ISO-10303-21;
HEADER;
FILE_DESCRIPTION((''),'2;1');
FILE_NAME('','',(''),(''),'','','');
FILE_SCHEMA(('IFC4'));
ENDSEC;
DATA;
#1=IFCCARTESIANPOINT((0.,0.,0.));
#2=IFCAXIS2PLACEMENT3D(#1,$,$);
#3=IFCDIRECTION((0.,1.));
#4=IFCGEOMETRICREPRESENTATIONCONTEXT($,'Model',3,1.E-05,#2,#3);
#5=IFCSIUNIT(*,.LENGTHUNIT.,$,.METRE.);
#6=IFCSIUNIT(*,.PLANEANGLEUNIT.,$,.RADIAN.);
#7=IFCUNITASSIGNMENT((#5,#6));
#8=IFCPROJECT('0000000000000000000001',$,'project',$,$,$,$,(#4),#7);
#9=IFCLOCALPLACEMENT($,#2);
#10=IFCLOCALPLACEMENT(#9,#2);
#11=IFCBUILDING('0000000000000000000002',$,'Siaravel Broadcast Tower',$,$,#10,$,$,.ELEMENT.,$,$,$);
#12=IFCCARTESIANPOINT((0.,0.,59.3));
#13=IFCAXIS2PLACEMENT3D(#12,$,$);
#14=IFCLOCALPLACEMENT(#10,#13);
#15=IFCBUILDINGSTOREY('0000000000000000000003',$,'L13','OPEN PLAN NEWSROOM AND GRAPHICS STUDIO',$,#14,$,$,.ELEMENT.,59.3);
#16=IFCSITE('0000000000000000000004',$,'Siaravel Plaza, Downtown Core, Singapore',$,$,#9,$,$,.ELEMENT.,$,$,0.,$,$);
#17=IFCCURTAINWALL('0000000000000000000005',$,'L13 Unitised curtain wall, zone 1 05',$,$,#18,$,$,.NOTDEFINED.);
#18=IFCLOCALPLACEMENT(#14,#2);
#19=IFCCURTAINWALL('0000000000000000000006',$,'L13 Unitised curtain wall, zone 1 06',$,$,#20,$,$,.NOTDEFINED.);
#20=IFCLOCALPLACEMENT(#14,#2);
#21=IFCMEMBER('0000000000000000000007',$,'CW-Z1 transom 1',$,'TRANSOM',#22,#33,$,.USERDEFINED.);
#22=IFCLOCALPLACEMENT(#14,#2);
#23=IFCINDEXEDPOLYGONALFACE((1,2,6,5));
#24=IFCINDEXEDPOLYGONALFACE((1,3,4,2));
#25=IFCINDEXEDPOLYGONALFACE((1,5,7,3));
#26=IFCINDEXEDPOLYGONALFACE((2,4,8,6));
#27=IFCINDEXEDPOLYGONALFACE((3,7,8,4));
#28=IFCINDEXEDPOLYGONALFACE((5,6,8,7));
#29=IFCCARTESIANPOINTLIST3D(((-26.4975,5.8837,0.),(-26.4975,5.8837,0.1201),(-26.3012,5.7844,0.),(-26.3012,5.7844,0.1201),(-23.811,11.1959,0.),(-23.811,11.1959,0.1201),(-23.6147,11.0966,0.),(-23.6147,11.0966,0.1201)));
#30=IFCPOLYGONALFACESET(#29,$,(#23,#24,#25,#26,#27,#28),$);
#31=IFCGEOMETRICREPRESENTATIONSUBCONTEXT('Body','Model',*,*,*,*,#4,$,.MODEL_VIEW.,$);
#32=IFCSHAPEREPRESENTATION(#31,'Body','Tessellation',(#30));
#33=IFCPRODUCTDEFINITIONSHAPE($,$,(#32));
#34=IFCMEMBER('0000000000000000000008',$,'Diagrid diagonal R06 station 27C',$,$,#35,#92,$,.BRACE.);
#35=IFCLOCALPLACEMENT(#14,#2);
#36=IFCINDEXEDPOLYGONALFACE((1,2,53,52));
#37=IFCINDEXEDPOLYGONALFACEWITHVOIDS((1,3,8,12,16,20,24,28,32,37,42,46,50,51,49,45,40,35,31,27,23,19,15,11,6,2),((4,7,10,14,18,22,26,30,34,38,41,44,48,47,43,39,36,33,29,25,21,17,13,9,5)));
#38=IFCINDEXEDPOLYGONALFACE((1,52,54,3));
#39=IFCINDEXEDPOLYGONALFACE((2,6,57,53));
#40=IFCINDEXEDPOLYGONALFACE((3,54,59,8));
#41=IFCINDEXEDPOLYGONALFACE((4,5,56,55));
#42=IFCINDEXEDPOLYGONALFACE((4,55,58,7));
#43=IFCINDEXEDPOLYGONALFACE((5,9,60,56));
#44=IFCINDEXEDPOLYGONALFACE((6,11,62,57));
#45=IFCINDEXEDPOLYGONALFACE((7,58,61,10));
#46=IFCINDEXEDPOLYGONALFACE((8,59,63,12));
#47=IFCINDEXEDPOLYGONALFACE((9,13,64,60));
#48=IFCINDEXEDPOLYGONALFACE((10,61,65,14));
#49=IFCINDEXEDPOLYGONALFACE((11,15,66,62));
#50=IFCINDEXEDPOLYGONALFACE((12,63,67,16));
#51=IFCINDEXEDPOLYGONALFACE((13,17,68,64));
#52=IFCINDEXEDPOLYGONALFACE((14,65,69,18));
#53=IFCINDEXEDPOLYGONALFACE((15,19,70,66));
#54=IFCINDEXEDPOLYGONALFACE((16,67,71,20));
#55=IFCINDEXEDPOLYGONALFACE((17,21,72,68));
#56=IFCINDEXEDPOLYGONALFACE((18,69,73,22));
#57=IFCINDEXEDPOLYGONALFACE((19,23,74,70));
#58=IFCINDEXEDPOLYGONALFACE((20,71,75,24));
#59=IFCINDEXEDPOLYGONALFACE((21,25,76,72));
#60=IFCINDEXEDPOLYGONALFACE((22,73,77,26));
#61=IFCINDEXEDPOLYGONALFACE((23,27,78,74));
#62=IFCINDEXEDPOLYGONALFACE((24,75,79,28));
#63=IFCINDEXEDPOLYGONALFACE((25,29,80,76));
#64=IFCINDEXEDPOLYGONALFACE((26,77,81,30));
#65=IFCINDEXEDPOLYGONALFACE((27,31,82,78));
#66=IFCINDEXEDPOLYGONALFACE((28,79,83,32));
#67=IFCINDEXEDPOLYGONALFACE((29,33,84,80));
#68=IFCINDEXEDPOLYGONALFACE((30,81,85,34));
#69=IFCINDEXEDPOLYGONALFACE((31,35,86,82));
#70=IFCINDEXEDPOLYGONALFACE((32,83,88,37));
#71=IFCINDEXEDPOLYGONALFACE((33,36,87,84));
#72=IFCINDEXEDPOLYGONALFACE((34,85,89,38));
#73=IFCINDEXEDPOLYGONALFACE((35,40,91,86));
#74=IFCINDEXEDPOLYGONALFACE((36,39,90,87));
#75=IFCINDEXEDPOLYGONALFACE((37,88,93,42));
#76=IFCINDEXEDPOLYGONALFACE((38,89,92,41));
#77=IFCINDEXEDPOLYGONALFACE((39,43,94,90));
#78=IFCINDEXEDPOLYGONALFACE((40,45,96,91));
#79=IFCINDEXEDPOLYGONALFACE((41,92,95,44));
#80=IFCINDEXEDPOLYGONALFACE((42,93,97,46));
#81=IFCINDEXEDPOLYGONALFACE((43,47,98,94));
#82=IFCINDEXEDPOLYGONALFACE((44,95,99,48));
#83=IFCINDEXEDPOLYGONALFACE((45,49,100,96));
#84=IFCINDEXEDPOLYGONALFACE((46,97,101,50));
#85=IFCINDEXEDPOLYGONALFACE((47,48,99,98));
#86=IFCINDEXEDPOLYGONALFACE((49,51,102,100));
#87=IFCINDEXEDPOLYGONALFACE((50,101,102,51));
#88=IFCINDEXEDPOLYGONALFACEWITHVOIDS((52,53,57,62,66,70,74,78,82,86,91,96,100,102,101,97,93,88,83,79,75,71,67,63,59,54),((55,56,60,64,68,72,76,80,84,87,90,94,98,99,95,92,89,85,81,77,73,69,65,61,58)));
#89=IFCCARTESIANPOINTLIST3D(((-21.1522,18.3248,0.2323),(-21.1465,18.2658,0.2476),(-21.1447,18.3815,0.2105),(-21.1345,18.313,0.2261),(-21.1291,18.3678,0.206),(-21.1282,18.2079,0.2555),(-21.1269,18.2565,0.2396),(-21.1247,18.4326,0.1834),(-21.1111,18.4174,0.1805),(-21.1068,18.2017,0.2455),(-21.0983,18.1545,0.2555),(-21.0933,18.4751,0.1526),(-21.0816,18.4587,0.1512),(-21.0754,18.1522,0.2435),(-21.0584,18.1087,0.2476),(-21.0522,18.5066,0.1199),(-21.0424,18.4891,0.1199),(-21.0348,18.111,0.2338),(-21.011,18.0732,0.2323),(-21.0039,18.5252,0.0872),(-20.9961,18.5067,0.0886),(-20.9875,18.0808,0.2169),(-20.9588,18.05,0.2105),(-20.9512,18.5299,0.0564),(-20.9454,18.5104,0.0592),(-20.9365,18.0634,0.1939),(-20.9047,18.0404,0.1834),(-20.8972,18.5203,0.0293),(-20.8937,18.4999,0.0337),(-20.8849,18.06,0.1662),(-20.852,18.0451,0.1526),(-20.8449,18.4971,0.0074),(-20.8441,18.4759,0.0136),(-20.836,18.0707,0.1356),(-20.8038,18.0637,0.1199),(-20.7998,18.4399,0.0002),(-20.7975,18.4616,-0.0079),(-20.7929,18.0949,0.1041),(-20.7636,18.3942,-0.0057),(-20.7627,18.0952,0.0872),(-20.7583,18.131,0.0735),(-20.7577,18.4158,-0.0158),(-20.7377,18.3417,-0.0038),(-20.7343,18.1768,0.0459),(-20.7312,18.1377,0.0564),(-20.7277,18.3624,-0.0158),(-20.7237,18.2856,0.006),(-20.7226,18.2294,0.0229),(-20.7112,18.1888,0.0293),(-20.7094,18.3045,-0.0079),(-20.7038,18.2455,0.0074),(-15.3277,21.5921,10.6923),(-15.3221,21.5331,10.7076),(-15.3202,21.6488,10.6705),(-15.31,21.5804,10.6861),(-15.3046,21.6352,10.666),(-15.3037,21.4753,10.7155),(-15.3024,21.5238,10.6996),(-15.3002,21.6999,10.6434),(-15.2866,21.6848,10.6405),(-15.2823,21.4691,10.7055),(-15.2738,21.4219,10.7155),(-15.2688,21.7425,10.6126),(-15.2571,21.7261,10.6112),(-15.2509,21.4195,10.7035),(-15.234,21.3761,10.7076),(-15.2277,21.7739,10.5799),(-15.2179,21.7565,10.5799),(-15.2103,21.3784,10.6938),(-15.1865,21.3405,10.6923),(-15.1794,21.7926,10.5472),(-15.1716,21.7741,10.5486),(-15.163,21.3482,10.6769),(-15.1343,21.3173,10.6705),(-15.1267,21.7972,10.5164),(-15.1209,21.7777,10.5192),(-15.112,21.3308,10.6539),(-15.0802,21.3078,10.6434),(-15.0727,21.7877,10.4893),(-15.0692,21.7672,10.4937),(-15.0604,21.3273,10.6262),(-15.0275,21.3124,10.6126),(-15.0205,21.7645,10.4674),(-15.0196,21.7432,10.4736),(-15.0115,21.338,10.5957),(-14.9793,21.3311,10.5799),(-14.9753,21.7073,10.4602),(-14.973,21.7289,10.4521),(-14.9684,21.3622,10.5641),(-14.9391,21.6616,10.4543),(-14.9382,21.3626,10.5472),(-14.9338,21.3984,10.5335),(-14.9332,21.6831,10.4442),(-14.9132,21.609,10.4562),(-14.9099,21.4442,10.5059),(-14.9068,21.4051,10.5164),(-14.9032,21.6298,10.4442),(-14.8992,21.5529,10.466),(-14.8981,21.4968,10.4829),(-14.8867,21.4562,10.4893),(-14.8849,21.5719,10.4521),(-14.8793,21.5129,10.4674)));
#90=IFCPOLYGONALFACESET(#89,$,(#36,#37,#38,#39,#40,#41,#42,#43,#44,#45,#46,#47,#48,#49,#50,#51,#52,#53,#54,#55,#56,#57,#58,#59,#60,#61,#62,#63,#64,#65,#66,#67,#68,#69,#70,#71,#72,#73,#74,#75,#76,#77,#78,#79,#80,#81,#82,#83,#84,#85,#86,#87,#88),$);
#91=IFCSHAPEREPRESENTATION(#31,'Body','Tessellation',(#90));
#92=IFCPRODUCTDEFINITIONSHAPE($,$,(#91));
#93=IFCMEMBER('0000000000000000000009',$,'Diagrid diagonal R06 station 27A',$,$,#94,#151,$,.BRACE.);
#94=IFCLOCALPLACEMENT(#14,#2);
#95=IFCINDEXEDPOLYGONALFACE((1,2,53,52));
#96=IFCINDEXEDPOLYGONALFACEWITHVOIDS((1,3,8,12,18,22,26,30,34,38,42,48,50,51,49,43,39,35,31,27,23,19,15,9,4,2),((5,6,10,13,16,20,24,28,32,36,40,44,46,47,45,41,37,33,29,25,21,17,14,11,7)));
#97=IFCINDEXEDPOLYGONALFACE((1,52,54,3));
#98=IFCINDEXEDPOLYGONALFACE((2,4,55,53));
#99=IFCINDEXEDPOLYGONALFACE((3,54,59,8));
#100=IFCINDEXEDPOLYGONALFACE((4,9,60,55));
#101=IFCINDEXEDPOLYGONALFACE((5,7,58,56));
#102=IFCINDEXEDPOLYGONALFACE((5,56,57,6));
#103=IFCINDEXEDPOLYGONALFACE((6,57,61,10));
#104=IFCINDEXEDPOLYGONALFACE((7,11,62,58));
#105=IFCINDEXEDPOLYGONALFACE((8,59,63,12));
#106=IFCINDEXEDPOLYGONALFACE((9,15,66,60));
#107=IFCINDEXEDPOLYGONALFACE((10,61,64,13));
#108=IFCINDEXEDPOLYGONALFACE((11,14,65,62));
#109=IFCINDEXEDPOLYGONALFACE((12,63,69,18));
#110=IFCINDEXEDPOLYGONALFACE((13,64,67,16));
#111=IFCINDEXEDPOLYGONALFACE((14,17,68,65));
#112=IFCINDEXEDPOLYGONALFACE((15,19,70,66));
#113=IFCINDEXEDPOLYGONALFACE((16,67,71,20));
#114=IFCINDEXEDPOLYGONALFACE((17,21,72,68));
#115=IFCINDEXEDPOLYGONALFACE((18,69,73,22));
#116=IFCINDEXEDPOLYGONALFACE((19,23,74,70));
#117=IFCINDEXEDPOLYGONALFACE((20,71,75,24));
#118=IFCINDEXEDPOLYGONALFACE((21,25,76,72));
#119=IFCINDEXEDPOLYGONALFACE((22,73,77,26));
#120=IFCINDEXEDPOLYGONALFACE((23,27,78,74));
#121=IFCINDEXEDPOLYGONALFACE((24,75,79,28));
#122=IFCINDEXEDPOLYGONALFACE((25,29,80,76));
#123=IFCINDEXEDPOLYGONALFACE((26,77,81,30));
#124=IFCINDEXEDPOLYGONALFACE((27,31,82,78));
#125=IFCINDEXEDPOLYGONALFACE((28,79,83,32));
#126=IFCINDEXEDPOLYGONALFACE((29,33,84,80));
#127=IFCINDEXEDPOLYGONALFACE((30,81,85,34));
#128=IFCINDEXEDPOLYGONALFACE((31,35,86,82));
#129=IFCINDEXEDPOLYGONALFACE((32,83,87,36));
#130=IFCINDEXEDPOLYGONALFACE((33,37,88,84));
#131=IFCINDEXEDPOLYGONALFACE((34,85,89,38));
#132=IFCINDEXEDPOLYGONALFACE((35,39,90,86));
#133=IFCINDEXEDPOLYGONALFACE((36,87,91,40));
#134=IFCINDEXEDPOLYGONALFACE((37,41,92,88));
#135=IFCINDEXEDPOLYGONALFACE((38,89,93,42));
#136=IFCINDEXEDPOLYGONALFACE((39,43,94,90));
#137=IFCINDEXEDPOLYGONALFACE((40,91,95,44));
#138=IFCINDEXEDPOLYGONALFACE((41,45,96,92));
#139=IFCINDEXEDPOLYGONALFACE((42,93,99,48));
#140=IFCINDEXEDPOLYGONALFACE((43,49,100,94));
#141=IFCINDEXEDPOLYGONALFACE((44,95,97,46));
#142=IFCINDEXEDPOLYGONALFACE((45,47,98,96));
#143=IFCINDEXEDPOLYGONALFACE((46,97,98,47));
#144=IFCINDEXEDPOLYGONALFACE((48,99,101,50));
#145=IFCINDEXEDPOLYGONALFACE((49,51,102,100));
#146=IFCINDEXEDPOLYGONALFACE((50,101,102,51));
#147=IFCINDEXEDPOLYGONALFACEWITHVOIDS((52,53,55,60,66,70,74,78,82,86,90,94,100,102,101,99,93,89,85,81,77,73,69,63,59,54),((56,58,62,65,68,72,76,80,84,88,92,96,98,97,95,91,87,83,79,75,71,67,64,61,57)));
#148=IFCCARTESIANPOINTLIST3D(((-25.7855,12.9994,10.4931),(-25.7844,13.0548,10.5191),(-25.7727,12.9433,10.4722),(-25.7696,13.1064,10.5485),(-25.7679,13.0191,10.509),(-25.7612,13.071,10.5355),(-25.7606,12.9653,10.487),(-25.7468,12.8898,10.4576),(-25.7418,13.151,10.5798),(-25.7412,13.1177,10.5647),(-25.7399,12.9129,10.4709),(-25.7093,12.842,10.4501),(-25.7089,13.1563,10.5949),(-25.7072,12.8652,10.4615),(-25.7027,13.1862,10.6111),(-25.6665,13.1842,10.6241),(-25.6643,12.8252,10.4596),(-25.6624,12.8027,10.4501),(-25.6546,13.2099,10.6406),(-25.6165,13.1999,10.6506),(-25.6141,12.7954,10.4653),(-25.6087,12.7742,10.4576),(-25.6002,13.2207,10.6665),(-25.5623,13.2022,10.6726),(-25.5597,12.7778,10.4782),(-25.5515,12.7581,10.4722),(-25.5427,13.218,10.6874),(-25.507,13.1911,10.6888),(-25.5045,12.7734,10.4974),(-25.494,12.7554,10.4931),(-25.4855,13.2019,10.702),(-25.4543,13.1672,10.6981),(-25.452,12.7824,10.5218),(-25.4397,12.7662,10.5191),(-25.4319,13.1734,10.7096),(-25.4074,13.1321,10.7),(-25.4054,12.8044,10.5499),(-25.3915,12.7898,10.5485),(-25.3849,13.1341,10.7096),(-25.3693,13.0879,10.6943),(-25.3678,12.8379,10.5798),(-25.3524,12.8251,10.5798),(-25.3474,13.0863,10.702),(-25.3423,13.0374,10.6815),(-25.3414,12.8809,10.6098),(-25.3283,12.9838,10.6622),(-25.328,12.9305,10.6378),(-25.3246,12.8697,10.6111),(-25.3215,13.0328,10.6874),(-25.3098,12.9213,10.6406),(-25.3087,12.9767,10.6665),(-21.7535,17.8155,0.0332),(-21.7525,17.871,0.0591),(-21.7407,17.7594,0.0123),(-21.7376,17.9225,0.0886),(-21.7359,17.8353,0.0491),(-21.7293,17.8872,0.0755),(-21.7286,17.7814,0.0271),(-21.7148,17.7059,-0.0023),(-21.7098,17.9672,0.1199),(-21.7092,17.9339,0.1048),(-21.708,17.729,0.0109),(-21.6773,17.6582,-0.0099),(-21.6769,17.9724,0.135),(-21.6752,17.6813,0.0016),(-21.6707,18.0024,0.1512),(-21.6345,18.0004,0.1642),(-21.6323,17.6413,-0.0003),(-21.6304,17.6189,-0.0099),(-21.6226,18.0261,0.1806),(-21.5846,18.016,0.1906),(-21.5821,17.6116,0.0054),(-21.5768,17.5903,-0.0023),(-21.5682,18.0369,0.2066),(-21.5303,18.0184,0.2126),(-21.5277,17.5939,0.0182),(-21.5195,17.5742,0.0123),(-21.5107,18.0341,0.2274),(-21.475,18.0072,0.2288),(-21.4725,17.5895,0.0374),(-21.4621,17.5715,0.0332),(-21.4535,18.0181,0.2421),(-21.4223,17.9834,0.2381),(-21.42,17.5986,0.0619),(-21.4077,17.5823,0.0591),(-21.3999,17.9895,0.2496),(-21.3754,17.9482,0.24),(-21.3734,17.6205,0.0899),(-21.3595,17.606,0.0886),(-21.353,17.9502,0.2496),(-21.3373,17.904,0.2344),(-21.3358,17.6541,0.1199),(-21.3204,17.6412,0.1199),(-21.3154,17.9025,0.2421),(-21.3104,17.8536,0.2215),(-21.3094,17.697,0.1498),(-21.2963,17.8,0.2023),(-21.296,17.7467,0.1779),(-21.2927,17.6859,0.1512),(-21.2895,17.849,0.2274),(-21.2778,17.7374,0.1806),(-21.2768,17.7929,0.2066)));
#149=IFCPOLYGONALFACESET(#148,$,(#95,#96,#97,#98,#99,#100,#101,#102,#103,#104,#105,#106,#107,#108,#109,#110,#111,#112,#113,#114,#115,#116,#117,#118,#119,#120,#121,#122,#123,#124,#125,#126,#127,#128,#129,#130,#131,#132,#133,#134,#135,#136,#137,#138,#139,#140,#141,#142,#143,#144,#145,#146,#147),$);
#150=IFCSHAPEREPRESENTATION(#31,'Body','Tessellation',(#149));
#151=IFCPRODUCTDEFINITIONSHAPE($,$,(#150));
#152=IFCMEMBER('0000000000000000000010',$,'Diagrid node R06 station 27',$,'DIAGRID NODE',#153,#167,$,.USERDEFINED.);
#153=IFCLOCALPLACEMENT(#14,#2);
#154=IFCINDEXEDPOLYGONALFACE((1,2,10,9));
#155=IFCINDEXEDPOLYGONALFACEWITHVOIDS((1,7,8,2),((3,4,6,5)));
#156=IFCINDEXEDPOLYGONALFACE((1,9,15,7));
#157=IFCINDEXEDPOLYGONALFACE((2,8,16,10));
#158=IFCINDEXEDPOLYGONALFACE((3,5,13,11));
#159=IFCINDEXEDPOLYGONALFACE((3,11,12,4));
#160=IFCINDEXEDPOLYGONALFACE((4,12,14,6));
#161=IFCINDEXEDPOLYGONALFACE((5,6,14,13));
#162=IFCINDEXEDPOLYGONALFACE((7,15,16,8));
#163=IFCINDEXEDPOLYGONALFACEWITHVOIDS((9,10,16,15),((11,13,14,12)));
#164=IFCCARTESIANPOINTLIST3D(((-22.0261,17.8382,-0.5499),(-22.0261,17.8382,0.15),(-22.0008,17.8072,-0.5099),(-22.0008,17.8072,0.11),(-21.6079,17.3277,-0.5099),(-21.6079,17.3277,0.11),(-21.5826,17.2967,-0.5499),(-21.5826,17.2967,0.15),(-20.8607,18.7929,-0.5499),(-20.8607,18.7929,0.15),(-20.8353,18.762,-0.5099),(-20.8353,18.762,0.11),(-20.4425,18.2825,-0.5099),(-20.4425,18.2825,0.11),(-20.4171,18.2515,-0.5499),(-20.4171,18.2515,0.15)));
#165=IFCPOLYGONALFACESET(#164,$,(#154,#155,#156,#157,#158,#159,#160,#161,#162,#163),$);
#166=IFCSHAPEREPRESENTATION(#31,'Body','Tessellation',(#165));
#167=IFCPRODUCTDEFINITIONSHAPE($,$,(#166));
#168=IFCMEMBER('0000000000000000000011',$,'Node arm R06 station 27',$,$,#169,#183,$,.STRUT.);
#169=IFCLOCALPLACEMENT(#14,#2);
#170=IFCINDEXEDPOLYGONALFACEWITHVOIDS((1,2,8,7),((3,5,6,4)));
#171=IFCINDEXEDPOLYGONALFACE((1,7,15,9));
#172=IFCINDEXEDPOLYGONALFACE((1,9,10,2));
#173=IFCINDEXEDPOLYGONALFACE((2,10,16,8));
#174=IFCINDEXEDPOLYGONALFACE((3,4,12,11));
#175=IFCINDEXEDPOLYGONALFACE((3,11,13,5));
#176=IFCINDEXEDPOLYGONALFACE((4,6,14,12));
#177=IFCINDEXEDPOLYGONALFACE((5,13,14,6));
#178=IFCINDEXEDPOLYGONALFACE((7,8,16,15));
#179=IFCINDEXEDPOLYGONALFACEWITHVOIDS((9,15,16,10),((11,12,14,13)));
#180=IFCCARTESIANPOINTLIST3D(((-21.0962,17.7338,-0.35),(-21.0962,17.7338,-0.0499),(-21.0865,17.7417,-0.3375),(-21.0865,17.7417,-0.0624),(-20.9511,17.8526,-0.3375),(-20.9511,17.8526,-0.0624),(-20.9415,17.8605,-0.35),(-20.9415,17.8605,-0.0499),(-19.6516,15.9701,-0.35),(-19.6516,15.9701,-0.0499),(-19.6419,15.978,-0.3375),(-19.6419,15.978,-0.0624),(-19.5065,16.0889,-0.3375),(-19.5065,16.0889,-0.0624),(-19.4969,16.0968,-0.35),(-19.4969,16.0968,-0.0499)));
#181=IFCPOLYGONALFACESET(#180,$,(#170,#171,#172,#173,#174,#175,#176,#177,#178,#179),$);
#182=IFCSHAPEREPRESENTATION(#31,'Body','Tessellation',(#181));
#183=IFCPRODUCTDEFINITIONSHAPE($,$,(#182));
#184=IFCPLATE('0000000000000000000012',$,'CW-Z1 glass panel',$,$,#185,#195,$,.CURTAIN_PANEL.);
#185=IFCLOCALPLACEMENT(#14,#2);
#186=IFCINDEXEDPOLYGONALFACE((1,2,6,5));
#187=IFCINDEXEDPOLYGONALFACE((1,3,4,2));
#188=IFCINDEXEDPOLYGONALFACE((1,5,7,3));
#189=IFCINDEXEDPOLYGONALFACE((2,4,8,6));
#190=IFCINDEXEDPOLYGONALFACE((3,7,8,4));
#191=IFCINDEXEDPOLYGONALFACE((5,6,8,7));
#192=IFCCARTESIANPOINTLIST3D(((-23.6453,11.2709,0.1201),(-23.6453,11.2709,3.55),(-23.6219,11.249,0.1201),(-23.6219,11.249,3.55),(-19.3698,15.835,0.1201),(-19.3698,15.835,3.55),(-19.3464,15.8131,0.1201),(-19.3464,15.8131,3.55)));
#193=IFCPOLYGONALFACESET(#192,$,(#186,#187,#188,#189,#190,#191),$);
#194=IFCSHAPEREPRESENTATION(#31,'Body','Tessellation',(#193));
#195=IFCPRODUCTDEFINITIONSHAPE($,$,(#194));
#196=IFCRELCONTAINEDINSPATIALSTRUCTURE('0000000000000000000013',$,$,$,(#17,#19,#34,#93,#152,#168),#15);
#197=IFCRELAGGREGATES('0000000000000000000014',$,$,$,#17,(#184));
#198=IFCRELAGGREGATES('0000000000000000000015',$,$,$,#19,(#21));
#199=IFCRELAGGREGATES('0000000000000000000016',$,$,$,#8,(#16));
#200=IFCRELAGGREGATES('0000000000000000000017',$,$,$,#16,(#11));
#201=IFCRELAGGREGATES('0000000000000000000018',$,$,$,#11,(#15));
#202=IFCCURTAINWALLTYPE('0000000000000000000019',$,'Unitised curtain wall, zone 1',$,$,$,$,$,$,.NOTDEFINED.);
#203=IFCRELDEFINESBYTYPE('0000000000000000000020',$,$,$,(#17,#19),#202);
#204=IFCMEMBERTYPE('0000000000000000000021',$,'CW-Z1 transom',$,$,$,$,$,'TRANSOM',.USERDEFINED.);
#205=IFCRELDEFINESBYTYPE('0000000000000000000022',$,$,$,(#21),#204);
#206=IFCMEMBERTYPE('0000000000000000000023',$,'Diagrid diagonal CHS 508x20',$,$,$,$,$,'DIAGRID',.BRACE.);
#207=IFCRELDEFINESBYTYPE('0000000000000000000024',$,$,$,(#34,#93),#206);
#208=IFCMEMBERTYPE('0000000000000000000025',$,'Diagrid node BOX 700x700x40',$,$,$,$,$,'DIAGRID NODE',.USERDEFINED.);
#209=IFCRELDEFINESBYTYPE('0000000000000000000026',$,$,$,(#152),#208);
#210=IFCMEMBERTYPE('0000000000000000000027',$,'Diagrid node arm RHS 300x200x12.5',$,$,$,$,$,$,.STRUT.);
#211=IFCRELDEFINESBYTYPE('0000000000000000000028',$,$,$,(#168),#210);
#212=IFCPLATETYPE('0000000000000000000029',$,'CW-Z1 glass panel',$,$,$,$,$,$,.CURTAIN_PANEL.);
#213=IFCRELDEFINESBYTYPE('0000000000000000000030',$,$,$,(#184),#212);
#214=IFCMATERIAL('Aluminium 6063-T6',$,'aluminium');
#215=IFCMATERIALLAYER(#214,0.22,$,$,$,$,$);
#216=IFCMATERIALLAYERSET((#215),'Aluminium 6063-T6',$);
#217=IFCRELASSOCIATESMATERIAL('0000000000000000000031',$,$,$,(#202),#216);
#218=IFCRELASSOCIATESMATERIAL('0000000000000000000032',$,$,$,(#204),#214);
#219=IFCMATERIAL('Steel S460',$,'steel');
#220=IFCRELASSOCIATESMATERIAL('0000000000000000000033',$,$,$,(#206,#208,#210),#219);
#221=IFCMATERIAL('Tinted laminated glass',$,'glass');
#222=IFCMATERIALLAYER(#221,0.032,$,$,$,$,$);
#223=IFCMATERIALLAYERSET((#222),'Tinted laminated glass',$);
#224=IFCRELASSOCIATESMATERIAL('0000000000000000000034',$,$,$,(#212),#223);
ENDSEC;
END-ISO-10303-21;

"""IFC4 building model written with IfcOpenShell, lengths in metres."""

from ifc_helpers import new_model, si_unit, direction, frame, origin, origin_2d, place, context, subcontext, project, spatial, rectangle, hollow_rectangle, hollow_circle, extrude, material, layer, layer_set, material_profile, profile_set, type_object, element, aggregate, save


model = new_model("IFC4")

# Units and contexts
model_context = context("Model", 3, precision=1e-05, world=origin(), true_north=direction((0.0, 1.0)))
body_context = subcontext(model_context, "Body", "Model", "MODEL_VIEW")
ifc_project = project(units=[si_unit("LENGTHUNIT", "METRE"), si_unit("PLANEANGLEUNIT", "RADIAN")], contexts=[model_context])

# Site, building, storey
site_placement = place(None, origin())
site = spatial("IfcSite", under=ifc_project, at=site_placement, Name="Siaravel Plaza, Downtown Core, Singapore", CompositionType="ELEMENT", RefElevation=0.0)
building_placement = place(site_placement, origin())
building = spatial("IfcBuilding", under=site, at=building_placement, Name="Siaravel Broadcast Tower", CompositionType="ELEMENT")
storey_placement = place(building_placement, frame((0.0, 0.0, 59.3)))
storey = spatial("IfcBuildingStorey", under=building, at=storey_placement, Name="L13", Description="OPEN PLAN NEWSROOM AND GRAPHICS STUDIO", CompositionType="ELEMENT", Elevation=59.3)

# Curtain wall
ifc_material_1 = material(Name="Aluminium 6063-T6", Category="aluminium")
ifc_layer_1 = layer(ifc_material_1, 0.22)
ifc_layer_set_1 = layer_set([ifc_layer_1], Name="Aluminium 6063-T6")
curtain_wall_type = type_object("IfcCurtainWallType", Name="Unitised curtain wall, zone 1", PredefinedType="NOTDEFINED", material=ifc_layer_set_1)
curtain_wall_1_placement = place(storey_placement, origin())
curtain_wall_1 = element("IfcCurtainWall", 1, at=curtain_wall_1_placement, inside=storey, type_object=curtain_wall_type, Name="L13 Unitised curtain wall, zone 1 05", PredefinedType="NOTDEFINED")

# Curtain wall
curtain_wall_2_placement = place(storey_placement, origin())
curtain_wall_2 = element("IfcCurtainWall", 2, at=curtain_wall_2_placement, inside=storey, type_object=curtain_wall_type, Name="L13 Unitised curtain wall, zone 1 06", PredefinedType="NOTDEFINED")

# Member
ifc_material_profile_1 = material_profile(ifc_material_1, rectangle(XDim=0.22, YDim=0.1201, at=origin_2d()))
ifc_profile_set_1 = profile_set([ifc_material_profile_1], Name="Aluminium 6063-T6")
member_type_1 = type_object("IfcMemberType", Name="CW-Z1 transom", ElementType="TRANSOM", PredefinedType="USERDEFINED", material=ifc_profile_set_1)
member_1_placement = place(storey_placement, frame((-23.7129, 11.1462, 0.0601), z_axis=(-0.451294, -0.892375, 0.0), x_axis=(0.892375, -0.451294, 0.0)))
member_1 = element("IfcMember", 3, at=member_1_placement, type_object=member_type_1, Name="CW-Z1 transom 1", ObjectType="TRANSOM", PredefinedType="USERDEFINED", context=body_context, shape_type="SweptSolid", body=[
    extrude(rectangle(XDim=0.22, YDim=0.1201, at=origin_2d()), origin(), (0.0, 0.0, 1.0), 5.9529),
])

# Members
ifc_material_2 = material(Name="Steel S460", Category="steel")
ifc_material_profile_2 = material_profile(ifc_material_2, hollow_circle(Radius=0.2539, WallThickness=0.02, at=origin_2d()))
ifc_profile_set_2 = profile_set([ifc_material_profile_2], Name="Steel S460")
member_type_2 = type_object("IfcMemberType", Name="Diagrid diagonal CHS 508x20", ElementType="DIAGRID", PredefinedType="BRACE", material=ifc_profile_set_2)
member_2_placement = place(storey_placement, frame((-20.928, 18.2852, 0.1199), z_axis=(0.469332, 0.26328, 0.842859), x_axis=(-0.489246, 0.872146, 0.0)))
element("IfcMember", 4, at=member_2_placement, inside=storey, type_object=member_type_2, Name="Diagrid diagonal R06 station 27C", PredefinedType="BRACE", context=body_context, shape_type="SweptSolid", body=[
    extrude(hollow_circle(Radius=0.2539, WallThickness=0.02, at=origin_2d()), origin(), (0.0, 0.0, 1.0), 12.4102),
])
member_3_placement = place(storey_placement, frame((-21.5151, 17.8042, 0.1199), z_axis=(-0.330465, -0.394737, 0.857307), x_axis=(0.76677, -0.641922, 0.0)))
element("IfcMember", 5, at=member_3_placement, inside=storey, type_object=member_type_2, Name="Diagrid diagonal R06 station 27A", PredefinedType="BRACE", context=body_context, shape_type="SweptSolid", body=[
    extrude(hollow_circle(Radius=0.2539, WallThickness=0.02, at=origin_2d()), origin(), (0.0, 0.0, 1.0), 12.2009),
])
ifc_material_profile_3 = material_profile(ifc_material_2, hollow_rectangle(XDim=0.7, YDim=0.7, WallThickness=0.04, at=origin_2d()))
ifc_profile_set_3 = profile_set([ifc_material_profile_3], Name="Steel S460")
member_type_3 = type_object("IfcMemberType", Name="Diagrid node BOX 700x700x40", ElementType="DIAGRID NODE", PredefinedType="USERDEFINED", material=ifc_profile_set_3)
member_4_placement = place(storey_placement, frame((-20.6389, 18.5222, -0.2), z_axis=(-0.77356, -0.633723, 0.0), x_axis=(0.633723, -0.77356, 0.0)))
element("IfcMember", 6, at=member_4_placement, inside=storey, type_object=member_type_3, Name="Diagrid node R06 station 27", ObjectType="DIAGRID NODE", PredefinedType="USERDEFINED", context=body_context, shape_type="SweptSolid", body=[
    extrude(hollow_rectangle(XDim=0.7, YDim=0.7, WallThickness=0.04, at=origin_2d()), origin(), (0.0, 0.0, 1.0), 1.5066),
])
ifc_material_profile_4 = material_profile(ifc_material_2, hollow_rectangle(XDim=0.2, YDim=0.3, WallThickness=0.0125, at=origin_2d()))
ifc_profile_set_4 = profile_set([ifc_material_profile_4], Name="Steel S460")
member_type_4 = type_object("IfcMemberType", Name="Diagrid node arm RHS 300x200x12.5", PredefinedType="STRUT", material=ifc_profile_set_4)
member_5_placement = place(storey_placement, frame((-19.5742, 16.0334, -0.2), z_axis=(-0.633652, 0.773618, 0.0), x_axis=(-0.773618, -0.633652, 0.0)))
element("IfcMember", 7, at=member_5_placement, inside=storey, type_object=member_type_4, Name="Node arm R06 station 27", PredefinedType="STRUT", context=body_context, shape_type="SweptSolid", body=[
    extrude(hollow_rectangle(XDim=0.2, YDim=0.3, WallThickness=0.0125, at=origin_2d()), origin(), (0.0, 0.0, 1.0), 2.2798),
])

# Plate
ifc_material_3 = material(Name="Tinted laminated glass", Category="glass")
ifc_layer_2 = layer(ifc_material_3, 0.032)
ifc_layer_set_2 = layer_set([ifc_layer_2], Name="Tinted laminated glass")
plate_type = type_object("IfcPlateType", Name="CW-Z1 glass panel", PredefinedType="CURTAIN_PANEL", material=ifc_layer_set_2)
plate_1_placement = place(storey_placement, frame((-21.4958, 13.542, 0.1201), z_axis=(0.0, 0.0, 1.0), x_axis=(-0.683657, -0.729804, 0.0)))
plate_1 = element("IfcPlate", 8, at=plate_1_placement, type_object=plate_type, Name="CW-Z1 glass panel", PredefinedType="CURTAIN_PANEL", context=body_context, shape_type="SweptSolid", body=[
    extrude(rectangle(XDim=6.2539, YDim=0.032, at=origin_2d()), origin(), (0.0, 0.0, 1.0), 3.4299),
])
aggregate(curtain_wall_1, [plate_1])
aggregate(curtain_wall_2, [member_1])

save(model, "model.ifc")
